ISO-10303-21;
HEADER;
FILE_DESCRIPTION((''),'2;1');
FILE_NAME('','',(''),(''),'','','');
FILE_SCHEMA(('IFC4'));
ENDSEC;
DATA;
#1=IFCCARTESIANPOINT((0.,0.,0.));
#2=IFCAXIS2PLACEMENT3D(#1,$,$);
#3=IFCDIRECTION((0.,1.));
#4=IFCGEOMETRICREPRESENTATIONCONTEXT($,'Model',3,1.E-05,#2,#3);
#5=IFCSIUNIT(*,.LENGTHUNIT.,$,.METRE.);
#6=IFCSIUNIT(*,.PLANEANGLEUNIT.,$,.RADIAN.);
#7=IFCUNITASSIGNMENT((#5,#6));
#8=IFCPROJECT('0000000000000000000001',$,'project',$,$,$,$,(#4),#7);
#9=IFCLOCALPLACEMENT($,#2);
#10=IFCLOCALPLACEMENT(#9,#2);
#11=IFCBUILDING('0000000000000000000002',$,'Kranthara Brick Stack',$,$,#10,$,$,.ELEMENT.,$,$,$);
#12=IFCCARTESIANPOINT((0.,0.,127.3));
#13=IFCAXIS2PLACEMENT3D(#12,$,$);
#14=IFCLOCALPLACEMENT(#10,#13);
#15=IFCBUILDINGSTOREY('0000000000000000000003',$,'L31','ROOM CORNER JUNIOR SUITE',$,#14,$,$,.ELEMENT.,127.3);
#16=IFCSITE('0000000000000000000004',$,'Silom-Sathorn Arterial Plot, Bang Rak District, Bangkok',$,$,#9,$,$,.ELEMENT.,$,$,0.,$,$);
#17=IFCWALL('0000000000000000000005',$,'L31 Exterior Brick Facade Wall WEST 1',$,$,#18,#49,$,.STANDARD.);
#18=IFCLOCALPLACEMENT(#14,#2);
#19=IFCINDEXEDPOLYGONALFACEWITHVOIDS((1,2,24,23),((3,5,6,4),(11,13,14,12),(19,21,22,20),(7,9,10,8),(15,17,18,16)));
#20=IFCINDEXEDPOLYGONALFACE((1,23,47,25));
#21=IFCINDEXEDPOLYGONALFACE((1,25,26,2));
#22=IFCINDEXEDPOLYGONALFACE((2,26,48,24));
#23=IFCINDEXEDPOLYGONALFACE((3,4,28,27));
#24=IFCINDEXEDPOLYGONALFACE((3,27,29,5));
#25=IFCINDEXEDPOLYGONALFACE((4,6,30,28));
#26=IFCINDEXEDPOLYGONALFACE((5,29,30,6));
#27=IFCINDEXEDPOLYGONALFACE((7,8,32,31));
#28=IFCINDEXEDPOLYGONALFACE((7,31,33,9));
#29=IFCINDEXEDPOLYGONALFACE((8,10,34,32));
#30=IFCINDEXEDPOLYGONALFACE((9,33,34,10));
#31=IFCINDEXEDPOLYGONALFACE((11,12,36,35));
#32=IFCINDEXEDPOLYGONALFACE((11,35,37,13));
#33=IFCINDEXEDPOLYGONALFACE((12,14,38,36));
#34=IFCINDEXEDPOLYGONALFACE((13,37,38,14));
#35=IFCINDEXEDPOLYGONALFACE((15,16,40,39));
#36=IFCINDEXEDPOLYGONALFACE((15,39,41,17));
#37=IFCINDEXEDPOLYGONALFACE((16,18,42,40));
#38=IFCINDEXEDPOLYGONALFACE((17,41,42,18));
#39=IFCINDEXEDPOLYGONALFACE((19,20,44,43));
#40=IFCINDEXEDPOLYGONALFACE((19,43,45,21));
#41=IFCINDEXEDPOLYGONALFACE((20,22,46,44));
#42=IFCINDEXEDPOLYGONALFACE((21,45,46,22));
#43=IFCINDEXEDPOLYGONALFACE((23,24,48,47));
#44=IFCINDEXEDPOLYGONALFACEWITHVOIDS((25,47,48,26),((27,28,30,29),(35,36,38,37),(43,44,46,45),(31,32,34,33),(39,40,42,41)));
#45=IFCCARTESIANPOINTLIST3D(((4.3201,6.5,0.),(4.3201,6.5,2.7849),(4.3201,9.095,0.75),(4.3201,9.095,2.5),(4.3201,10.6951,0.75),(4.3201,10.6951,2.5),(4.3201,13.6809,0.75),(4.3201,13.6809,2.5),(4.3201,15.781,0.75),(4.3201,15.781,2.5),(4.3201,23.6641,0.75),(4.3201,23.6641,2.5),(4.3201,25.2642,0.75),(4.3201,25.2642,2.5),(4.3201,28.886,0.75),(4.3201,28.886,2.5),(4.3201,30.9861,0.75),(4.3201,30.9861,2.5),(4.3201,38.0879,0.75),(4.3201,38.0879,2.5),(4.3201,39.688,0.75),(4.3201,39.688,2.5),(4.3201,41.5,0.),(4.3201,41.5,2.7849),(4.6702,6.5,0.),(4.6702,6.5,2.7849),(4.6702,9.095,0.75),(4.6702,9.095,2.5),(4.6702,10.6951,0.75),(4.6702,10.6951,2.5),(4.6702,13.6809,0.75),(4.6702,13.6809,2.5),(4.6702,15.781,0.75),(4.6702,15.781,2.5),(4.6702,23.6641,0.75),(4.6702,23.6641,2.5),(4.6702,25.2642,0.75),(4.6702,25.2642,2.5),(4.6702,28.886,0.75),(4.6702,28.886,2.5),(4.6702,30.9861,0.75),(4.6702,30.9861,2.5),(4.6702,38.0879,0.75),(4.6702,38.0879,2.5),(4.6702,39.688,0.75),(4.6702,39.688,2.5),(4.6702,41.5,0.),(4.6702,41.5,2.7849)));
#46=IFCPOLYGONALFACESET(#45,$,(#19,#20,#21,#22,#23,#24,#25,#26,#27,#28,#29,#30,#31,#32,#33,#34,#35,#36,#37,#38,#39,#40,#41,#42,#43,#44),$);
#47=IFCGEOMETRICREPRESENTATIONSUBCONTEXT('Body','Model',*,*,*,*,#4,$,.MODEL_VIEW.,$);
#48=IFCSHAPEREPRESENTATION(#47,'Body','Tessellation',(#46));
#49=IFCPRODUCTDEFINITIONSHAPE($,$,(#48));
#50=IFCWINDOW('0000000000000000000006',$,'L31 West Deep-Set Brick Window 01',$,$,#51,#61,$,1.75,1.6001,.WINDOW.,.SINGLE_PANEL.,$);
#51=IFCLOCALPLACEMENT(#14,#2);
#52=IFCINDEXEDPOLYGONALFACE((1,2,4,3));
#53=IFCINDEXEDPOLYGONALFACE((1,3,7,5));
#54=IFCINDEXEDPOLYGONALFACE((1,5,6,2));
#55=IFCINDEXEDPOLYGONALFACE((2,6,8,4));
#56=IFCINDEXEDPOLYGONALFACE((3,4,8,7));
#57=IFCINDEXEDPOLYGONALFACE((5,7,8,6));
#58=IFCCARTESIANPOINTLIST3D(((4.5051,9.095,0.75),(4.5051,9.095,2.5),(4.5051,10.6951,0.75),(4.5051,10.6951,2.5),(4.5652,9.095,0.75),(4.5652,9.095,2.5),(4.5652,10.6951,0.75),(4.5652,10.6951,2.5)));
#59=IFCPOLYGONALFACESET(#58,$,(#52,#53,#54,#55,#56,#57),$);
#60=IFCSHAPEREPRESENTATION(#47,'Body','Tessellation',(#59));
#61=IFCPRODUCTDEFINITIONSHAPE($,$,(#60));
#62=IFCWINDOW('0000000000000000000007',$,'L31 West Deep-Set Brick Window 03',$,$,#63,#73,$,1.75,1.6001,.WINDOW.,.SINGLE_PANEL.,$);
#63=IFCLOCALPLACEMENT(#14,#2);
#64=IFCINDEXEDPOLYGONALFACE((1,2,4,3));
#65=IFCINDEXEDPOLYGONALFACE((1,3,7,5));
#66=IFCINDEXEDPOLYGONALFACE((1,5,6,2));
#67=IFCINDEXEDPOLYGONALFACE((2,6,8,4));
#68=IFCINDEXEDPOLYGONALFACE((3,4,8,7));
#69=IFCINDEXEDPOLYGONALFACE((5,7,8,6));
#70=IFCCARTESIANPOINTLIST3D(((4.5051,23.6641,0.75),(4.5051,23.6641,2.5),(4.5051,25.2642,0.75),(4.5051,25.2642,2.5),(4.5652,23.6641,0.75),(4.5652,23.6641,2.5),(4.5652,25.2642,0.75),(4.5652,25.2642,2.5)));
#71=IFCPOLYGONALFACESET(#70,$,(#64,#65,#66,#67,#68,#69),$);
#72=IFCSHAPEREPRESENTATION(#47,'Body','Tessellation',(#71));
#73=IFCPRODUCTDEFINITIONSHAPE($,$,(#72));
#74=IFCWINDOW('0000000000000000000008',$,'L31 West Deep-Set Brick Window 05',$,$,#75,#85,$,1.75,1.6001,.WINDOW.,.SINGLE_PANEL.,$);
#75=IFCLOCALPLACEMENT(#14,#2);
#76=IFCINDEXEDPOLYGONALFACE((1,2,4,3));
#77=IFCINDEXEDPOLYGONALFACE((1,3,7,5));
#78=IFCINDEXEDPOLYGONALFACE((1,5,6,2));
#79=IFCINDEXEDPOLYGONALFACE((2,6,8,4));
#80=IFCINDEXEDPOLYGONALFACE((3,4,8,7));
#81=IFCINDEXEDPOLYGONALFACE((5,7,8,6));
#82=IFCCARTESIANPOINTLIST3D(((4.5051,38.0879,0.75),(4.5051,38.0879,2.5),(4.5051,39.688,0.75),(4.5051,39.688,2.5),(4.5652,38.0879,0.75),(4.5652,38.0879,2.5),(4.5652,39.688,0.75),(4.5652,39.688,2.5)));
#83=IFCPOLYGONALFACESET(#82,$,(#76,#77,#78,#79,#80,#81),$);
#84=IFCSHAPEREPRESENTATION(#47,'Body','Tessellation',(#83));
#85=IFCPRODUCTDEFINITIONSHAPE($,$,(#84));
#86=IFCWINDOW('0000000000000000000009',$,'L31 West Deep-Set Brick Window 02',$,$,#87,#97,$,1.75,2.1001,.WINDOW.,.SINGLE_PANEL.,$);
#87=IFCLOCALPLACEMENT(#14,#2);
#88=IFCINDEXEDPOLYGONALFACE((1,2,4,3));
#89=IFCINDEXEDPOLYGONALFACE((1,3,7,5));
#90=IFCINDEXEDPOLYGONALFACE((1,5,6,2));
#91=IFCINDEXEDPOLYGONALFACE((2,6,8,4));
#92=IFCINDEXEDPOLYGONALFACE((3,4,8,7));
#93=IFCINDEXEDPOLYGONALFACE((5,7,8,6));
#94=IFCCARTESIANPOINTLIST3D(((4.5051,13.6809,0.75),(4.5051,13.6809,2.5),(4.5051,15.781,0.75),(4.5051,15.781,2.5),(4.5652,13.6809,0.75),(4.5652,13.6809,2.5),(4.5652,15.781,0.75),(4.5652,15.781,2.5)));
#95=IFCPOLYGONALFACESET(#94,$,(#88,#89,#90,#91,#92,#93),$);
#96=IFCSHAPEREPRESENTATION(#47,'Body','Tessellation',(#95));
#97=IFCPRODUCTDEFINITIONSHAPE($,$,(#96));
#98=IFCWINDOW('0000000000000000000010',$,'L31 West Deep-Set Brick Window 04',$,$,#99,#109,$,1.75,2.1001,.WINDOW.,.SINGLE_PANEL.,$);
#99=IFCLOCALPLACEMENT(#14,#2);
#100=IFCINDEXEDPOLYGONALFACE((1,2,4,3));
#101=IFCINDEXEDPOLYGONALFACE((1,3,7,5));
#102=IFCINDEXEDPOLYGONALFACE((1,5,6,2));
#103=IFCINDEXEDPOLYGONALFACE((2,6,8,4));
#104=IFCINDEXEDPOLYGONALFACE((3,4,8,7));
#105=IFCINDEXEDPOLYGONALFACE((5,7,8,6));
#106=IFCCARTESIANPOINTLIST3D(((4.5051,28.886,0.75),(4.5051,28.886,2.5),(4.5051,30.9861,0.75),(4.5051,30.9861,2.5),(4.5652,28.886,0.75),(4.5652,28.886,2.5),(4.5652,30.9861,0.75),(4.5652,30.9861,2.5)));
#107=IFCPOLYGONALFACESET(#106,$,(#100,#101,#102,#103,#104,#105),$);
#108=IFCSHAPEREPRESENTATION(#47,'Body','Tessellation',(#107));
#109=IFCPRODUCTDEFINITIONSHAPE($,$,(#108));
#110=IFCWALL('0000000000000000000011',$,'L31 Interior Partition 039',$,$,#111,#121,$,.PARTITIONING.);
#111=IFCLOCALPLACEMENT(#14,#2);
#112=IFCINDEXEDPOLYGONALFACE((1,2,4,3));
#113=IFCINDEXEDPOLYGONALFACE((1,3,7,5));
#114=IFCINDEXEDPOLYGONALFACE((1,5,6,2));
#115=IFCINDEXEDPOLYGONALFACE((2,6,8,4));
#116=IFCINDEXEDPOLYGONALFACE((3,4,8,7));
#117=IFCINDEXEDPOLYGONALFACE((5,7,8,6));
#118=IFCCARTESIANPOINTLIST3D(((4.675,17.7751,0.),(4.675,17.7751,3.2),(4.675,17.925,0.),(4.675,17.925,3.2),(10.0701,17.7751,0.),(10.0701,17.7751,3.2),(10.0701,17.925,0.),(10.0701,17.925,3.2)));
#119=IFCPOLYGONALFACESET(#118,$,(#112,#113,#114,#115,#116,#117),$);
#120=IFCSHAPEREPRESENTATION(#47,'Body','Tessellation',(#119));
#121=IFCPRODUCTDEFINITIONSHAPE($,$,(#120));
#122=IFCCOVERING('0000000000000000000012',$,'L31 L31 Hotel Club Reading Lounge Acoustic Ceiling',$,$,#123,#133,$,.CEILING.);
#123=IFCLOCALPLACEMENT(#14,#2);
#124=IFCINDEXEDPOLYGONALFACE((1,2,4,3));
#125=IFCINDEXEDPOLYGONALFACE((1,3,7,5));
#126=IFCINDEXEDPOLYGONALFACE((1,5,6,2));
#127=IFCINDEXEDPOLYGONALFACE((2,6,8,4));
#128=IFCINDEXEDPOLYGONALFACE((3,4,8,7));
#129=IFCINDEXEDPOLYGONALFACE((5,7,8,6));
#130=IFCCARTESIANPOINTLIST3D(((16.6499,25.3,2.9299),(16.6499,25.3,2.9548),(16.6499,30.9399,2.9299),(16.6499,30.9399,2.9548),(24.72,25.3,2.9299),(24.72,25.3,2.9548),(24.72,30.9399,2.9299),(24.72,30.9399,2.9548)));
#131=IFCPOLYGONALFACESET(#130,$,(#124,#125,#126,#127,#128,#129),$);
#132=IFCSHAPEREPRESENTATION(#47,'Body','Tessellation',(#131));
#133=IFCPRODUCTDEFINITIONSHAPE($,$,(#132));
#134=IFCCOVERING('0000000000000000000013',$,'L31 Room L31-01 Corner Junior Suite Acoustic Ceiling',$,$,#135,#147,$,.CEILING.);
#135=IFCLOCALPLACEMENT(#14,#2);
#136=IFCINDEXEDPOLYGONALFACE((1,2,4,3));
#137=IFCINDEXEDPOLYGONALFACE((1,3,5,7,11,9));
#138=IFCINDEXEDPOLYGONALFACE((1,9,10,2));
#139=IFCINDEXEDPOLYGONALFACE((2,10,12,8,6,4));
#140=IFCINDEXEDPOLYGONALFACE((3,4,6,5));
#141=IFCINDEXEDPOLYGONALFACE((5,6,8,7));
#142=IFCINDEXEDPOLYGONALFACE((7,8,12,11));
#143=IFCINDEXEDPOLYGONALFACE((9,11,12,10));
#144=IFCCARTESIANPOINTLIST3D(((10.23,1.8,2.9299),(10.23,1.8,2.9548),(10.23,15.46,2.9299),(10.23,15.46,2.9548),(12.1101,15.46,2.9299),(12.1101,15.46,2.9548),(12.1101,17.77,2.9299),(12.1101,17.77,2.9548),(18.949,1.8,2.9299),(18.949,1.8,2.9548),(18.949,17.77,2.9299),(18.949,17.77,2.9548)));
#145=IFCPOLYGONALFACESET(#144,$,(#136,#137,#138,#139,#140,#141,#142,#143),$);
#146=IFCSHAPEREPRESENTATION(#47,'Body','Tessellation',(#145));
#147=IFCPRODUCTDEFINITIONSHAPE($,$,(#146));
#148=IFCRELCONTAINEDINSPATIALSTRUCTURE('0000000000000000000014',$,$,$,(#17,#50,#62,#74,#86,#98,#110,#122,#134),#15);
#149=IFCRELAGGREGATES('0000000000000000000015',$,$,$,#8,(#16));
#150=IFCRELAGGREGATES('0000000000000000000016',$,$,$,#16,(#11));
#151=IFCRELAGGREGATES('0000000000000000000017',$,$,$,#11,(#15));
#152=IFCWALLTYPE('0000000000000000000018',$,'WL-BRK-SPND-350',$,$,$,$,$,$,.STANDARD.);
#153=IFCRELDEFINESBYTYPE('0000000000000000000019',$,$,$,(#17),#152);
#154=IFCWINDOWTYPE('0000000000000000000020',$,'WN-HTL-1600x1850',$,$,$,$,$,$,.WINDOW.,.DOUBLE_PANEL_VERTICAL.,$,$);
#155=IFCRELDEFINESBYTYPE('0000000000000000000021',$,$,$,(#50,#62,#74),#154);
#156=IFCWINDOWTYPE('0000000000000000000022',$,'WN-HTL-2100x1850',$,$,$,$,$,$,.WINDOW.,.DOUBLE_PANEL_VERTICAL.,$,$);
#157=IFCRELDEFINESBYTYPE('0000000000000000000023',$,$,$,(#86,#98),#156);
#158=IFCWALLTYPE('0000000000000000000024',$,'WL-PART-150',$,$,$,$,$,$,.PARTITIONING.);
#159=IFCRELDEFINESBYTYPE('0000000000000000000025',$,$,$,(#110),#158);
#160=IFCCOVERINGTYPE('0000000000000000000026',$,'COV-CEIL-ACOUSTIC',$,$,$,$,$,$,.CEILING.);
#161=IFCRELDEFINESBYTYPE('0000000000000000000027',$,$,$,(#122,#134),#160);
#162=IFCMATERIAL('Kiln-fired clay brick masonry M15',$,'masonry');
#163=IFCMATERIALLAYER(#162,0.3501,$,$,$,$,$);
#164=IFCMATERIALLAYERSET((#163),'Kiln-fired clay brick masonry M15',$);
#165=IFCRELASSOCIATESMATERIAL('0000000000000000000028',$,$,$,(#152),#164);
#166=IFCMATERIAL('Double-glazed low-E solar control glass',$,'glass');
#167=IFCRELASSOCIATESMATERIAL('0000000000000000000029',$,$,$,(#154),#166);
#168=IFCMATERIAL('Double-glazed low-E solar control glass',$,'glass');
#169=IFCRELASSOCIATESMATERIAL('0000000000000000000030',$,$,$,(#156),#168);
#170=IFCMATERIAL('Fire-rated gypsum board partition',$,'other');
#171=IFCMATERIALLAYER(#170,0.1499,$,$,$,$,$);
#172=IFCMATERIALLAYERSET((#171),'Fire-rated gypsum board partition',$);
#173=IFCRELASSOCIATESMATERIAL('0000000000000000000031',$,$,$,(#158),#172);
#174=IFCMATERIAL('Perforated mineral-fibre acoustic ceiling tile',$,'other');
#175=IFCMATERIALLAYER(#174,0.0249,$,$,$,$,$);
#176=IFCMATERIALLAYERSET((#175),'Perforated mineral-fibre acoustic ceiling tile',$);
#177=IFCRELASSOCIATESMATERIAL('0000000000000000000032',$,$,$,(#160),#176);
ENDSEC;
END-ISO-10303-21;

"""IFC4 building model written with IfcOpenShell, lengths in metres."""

from ifc_helpers import new_model, si_unit, direction, frame, frame_2d, origin, place, context, subcontext, project, spatial, polyline, rectangle, outline, extrude, material, layer, layer_set, type_object, element, fill, save


model = new_model("IFC4")

# Units and contexts
model_context = context("Model", 3, precision=1e-05, world=origin(), true_north=direction((0.0, 1.0)))
body_context = subcontext(model_context, "Body", "Model", "MODEL_VIEW")
ifc_project = project(units=[si_unit("LENGTHUNIT", "METRE"), si_unit("PLANEANGLEUNIT", "RADIAN")], contexts=[model_context])

# Site, building, storey
site_placement = place(None, origin())
site = spatial("IfcSite", under=ifc_project, at=site_placement, Name="Silom-Sathorn Arterial Plot, Bang Rak District, Bangkok", CompositionType="ELEMENT", RefElevation=0.0)
building_placement = place(site_placement, origin())
building = spatial("IfcBuilding", under=site, at=building_placement, Name="Kranthara Brick Stack", CompositionType="ELEMENT")
storey_placement = place(building_placement, frame((0.0, 0.0, 127.3)))
storey = spatial("IfcBuildingStorey", under=building, at=storey_placement, Name="L31", Description="ROOM CORNER JUNIOR SUITE", CompositionType="ELEMENT", Elevation=127.3)

# Wall, openings, windows
ifc_material_1 = material(Name="Kiln-fired clay brick masonry M15", Category="masonry")
ifc_layer_1 = layer(ifc_material_1, 0.3501)
ifc_layer_set_1 = layer_set([ifc_layer_1], Name="Kiln-fired clay brick masonry M15")
wall_type_1 = type_object("IfcWallType", Name="WL-BRK-SPND-350", PredefinedType="STANDARD", material=ifc_layer_set_1)
wall_1_placement = place(storey_placement, frame((4.4951, 6.5, 0.0), z_axis=(0.0, 0.0, 1.0), x_axis=(0.0, 1.0, 0.0)))
wall_1 = element("IfcWall", 1, at=wall_1_placement, inside=storey, type_object=wall_type_1, Name="L31 Exterior Brick Facade Wall WEST 1", PredefinedType="STANDARD", context=body_context, shape_type="SweptSolid", body=[
    extrude(rectangle(XDim=35.0, YDim=0.3501, at=frame_2d((17.5, 0.0))), origin(), (0.0, 0.0, 1.0), 2.7849),
])
opening_1_placement = place(wall_1_placement, frame((2.595, 0.0, 0.75)))
opening_1 = element("IfcOpeningElement", 2, at=opening_1_placement, cuts=wall_1, PredefinedType="OPENING", context=body_context, shape_type="SweptSolid", body=[
    extrude(rectangle(XDim=1.6001, YDim=1.75, at=frame_2d((0.8, 0.875))), frame((0.0, 0.1851, 0.0), z_axis=(0.0, -1.0, 0.0), x_axis=(1.0, 0.0, 0.0)), (0.0, 0.0, 1.0), 0.3701),
])
opening_2_placement = place(wall_1_placement, frame((7.1809, 0.0, 0.75)))
opening_2 = element("IfcOpeningElement", 3, at=opening_2_placement, cuts=wall_1, PredefinedType="OPENING", context=body_context, shape_type="SweptSolid", body=[
    extrude(rectangle(XDim=2.1001, YDim=1.75, at=frame_2d((1.05, 0.875))), frame((0.0, 0.1851, 0.0), z_axis=(0.0, -1.0, 0.0), x_axis=(1.0, 0.0, 0.0)), (0.0, 0.0, 1.0), 0.3701),
])
opening_3_placement = place(wall_1_placement, frame((17.1641, 0.0, 0.75)))
opening_3 = element("IfcOpeningElement", 4, at=opening_3_placement, cuts=wall_1, PredefinedType="OPENING", context=body_context, shape_type="SweptSolid", body=[
    extrude(rectangle(XDim=1.6001, YDim=1.75, at=frame_2d((0.8, 0.875))), frame((0.0, 0.1851, 0.0), z_axis=(0.0, -1.0, 0.0), x_axis=(1.0, 0.0, 0.0)), (0.0, 0.0, 1.0), 0.3701),
])
opening_4_placement = place(wall_1_placement, frame((22.386, 0.0, 0.75)))
opening_4 = element("IfcOpeningElement", 5, at=opening_4_placement, cuts=wall_1, PredefinedType="OPENING", context=body_context, shape_type="SweptSolid", body=[
    extrude(rectangle(XDim=2.1001, YDim=1.75, at=frame_2d((1.05, 0.875))), frame((0.0, 0.1851, 0.0), z_axis=(0.0, -1.0, 0.0), x_axis=(1.0, 0.0, 0.0)), (0.0, 0.0, 1.0), 0.3701),
])
opening_5_placement = place(wall_1_placement, frame((31.5879, 0.0, 0.75)))
opening_5 = element("IfcOpeningElement", 6, at=opening_5_placement, cuts=wall_1, PredefinedType="OPENING", context=body_context, shape_type="SweptSolid", body=[
    extrude(rectangle(XDim=1.6001, YDim=1.75, at=frame_2d((0.8, 0.875))), frame((0.0, 0.1851, 0.0), z_axis=(0.0, -1.0, 0.0), x_axis=(1.0, 0.0, 0.0)), (0.0, 0.0, 1.0), 0.3701),
])
ifc_material_2 = material(Name="Double-glazed low-E solar control glass", Category="glass")
window_type_1 = type_object("IfcWindowType", Name="WN-HTL-1600x1850", PartitioningType="DOUBLE_PANEL_VERTICAL", PredefinedType="WINDOW", material=ifc_material_2)
window_1_placement = place(opening_1_placement, origin())
window_1 = element("IfcWindow", 7, at=window_1_placement, inside=storey, type_object=window_type_1, Name="L31 West Deep-Set Brick Window 01", OverallHeight=1.75, OverallWidth=1.6001, PartitioningType="SINGLE_PANEL", PredefinedType="WINDOW", context=body_context, shape_type="SweptSolid", body=[
    extrude(rectangle(XDim=1.6001, YDim=1.75, at=frame_2d((0.8, 0.875))), frame((0.0, -0.01, 0.0), z_axis=(0.0, -1.0, 0.0), x_axis=(1.0, 0.0, 0.0)), (0.0, 0.0, 1.0), 0.0601),
])
fill(opening_1, window_1)
window_2_placement = place(opening_3_placement, origin())
window_2 = element("IfcWindow", 8, at=window_2_placement, inside=storey, type_object=window_type_1, Name="L31 West Deep-Set Brick Window 03", OverallHeight=1.75, OverallWidth=1.6001, PartitioningType="SINGLE_PANEL", PredefinedType="WINDOW", context=body_context, shape_type="SweptSolid", body=[
    extrude(rectangle(XDim=1.6001, YDim=1.75, at=frame_2d((0.8, 0.875))), frame((0.0, -0.01, 0.0), z_axis=(0.0, -1.0, 0.0), x_axis=(1.0, 0.0, 0.0)), (0.0, 0.0, 1.0), 0.0601),
])
fill(opening_3, window_2)
window_3_placement = place(opening_5_placement, origin())
window_3 = element("IfcWindow", 9, at=window_3_placement, inside=storey, type_object=window_type_1, Name="L31 West Deep-Set Brick Window 05", OverallHeight=1.75, OverallWidth=1.6001, PartitioningType="SINGLE_PANEL", PredefinedType="WINDOW", context=body_context, shape_type="SweptSolid", body=[
    extrude(rectangle(XDim=1.6001, YDim=1.75, at=frame_2d((0.8, 0.875))), frame((0.0, -0.01, 0.0), z_axis=(0.0, -1.0, 0.0), x_axis=(1.0, 0.0, 0.0)), (0.0, 0.0, 1.0), 0.0601),
])
fill(opening_5, window_3)
ifc_material_3 = material(Name="Double-glazed low-E solar control glass", Category="glass")
window_type_2 = type_object("IfcWindowType", Name="WN-HTL-2100x1850", PartitioningType="DOUBLE_PANEL_VERTICAL", PredefinedType="WINDOW", material=ifc_material_3)
window_4_placement = place(opening_2_placement, origin())
window_4 = element("IfcWindow", 10, at=window_4_placement, inside=storey, type_object=window_type_2, Name="L31 West Deep-Set Brick Window 02", OverallHeight=1.75, OverallWidth=2.1001, PartitioningType="SINGLE_PANEL", PredefinedType="WINDOW", context=body_context, shape_type="SweptSolid", body=[
    extrude(rectangle(XDim=2.1001, YDim=1.75, at=frame_2d((1.05, 0.875))), frame((0.0, -0.01, 0.0), z_axis=(0.0, -1.0, 0.0), x_axis=(1.0, 0.0, 0.0)), (0.0, 0.0, 1.0), 0.0601),
])
fill(opening_2, window_4)
window_5_placement = place(opening_4_placement, origin())
window_5 = element("IfcWindow", 11, at=window_5_placement, inside=storey, type_object=window_type_2, Name="L31 West Deep-Set Brick Window 04", OverallHeight=1.75, OverallWidth=2.1001, PartitioningType="SINGLE_PANEL", PredefinedType="WINDOW", context=body_context, shape_type="SweptSolid", body=[
    extrude(rectangle(XDim=2.1001, YDim=1.75, at=frame_2d((1.05, 0.875))), frame((0.0, -0.01, 0.0), z_axis=(0.0, -1.0, 0.0), x_axis=(1.0, 0.0, 0.0)), (0.0, 0.0, 1.0), 0.0601),
])
fill(opening_4, window_5)

# Wall
ifc_material_4 = material(Name="Fire-rated gypsum board partition", Category="other")
ifc_layer_2 = layer(ifc_material_4, 0.1499)
ifc_layer_set_2 = layer_set([ifc_layer_2], Name="Fire-rated gypsum board partition")
wall_type_2 = type_object("IfcWallType", Name="WL-PART-150", PredefinedType="PARTITIONING", material=ifc_layer_set_2)
wall_2_placement = place(storey_placement, frame((4.675, 17.8501, 0.0), z_axis=(0.0, 0.0, 1.0), x_axis=(1.0, 0.0, 0.0)))
element("IfcWall", 12, at=wall_2_placement, inside=storey, type_object=wall_type_2, Name="L31 Interior Partition 039", PredefinedType="PARTITIONING", context=body_context, shape_type="SweptSolid", body=[
    extrude(rectangle(XDim=5.395, YDim=0.1499, at=frame_2d((2.6975, 0.0))), origin(), (0.0, 0.0, 1.0), 3.2),
])

# Coverings
ifc_material_5 = material(Name="Perforated mineral-fibre acoustic ceiling tile", Category="other")
ifc_layer_3 = layer(ifc_material_5, 0.0249)
ifc_layer_set_3 = layer_set([ifc_layer_3], Name="Perforated mineral-fibre acoustic ceiling tile")
covering_type_1 = type_object("IfcCoveringType", Name="COV-CEIL-ACOUSTIC", PredefinedType="CEILING", material=ifc_layer_set_3)
covering_1_placement = place(storey_placement, frame((0.0, 0.0, 2.9299)))
element("IfcCovering", 13, at=covering_1_placement, inside=storey, type_object=covering_type_1, Name="L31 L31 Hotel Club Reading Lounge Acoustic Ceiling", PredefinedType="CEILING", context=body_context, shape_type="SweptSolid", body=[
    extrude(outline(polyline([(24.72, 25.3), (24.72, 30.9399), (16.6499, 30.9399), (16.6499, 25.3), (24.72, 25.3)])), origin(), (0.0, 0.0, 1.0), 0.0249),
])
covering_2_placement = place(storey_placement, frame((0.0, 0.0, 2.9299)))
element("IfcCovering", 14, at=covering_2_placement, inside=storey, type_object=covering_type_1, Name="L31 Room L31-01 Corner Junior Suite Acoustic Ceiling", PredefinedType="CEILING", context=body_context, shape_type="SweptSolid", body=[
    extrude(outline(polyline([(10.23, 1.8), (18.949, 1.8), (18.949, 17.77), (12.1101, 17.77), (12.1101, 15.46), (10.23, 15.46), (10.23, 1.8)])), origin(), (0.0, 0.0, 1.0), 0.0249),
])

save(model, "model.ifc")
